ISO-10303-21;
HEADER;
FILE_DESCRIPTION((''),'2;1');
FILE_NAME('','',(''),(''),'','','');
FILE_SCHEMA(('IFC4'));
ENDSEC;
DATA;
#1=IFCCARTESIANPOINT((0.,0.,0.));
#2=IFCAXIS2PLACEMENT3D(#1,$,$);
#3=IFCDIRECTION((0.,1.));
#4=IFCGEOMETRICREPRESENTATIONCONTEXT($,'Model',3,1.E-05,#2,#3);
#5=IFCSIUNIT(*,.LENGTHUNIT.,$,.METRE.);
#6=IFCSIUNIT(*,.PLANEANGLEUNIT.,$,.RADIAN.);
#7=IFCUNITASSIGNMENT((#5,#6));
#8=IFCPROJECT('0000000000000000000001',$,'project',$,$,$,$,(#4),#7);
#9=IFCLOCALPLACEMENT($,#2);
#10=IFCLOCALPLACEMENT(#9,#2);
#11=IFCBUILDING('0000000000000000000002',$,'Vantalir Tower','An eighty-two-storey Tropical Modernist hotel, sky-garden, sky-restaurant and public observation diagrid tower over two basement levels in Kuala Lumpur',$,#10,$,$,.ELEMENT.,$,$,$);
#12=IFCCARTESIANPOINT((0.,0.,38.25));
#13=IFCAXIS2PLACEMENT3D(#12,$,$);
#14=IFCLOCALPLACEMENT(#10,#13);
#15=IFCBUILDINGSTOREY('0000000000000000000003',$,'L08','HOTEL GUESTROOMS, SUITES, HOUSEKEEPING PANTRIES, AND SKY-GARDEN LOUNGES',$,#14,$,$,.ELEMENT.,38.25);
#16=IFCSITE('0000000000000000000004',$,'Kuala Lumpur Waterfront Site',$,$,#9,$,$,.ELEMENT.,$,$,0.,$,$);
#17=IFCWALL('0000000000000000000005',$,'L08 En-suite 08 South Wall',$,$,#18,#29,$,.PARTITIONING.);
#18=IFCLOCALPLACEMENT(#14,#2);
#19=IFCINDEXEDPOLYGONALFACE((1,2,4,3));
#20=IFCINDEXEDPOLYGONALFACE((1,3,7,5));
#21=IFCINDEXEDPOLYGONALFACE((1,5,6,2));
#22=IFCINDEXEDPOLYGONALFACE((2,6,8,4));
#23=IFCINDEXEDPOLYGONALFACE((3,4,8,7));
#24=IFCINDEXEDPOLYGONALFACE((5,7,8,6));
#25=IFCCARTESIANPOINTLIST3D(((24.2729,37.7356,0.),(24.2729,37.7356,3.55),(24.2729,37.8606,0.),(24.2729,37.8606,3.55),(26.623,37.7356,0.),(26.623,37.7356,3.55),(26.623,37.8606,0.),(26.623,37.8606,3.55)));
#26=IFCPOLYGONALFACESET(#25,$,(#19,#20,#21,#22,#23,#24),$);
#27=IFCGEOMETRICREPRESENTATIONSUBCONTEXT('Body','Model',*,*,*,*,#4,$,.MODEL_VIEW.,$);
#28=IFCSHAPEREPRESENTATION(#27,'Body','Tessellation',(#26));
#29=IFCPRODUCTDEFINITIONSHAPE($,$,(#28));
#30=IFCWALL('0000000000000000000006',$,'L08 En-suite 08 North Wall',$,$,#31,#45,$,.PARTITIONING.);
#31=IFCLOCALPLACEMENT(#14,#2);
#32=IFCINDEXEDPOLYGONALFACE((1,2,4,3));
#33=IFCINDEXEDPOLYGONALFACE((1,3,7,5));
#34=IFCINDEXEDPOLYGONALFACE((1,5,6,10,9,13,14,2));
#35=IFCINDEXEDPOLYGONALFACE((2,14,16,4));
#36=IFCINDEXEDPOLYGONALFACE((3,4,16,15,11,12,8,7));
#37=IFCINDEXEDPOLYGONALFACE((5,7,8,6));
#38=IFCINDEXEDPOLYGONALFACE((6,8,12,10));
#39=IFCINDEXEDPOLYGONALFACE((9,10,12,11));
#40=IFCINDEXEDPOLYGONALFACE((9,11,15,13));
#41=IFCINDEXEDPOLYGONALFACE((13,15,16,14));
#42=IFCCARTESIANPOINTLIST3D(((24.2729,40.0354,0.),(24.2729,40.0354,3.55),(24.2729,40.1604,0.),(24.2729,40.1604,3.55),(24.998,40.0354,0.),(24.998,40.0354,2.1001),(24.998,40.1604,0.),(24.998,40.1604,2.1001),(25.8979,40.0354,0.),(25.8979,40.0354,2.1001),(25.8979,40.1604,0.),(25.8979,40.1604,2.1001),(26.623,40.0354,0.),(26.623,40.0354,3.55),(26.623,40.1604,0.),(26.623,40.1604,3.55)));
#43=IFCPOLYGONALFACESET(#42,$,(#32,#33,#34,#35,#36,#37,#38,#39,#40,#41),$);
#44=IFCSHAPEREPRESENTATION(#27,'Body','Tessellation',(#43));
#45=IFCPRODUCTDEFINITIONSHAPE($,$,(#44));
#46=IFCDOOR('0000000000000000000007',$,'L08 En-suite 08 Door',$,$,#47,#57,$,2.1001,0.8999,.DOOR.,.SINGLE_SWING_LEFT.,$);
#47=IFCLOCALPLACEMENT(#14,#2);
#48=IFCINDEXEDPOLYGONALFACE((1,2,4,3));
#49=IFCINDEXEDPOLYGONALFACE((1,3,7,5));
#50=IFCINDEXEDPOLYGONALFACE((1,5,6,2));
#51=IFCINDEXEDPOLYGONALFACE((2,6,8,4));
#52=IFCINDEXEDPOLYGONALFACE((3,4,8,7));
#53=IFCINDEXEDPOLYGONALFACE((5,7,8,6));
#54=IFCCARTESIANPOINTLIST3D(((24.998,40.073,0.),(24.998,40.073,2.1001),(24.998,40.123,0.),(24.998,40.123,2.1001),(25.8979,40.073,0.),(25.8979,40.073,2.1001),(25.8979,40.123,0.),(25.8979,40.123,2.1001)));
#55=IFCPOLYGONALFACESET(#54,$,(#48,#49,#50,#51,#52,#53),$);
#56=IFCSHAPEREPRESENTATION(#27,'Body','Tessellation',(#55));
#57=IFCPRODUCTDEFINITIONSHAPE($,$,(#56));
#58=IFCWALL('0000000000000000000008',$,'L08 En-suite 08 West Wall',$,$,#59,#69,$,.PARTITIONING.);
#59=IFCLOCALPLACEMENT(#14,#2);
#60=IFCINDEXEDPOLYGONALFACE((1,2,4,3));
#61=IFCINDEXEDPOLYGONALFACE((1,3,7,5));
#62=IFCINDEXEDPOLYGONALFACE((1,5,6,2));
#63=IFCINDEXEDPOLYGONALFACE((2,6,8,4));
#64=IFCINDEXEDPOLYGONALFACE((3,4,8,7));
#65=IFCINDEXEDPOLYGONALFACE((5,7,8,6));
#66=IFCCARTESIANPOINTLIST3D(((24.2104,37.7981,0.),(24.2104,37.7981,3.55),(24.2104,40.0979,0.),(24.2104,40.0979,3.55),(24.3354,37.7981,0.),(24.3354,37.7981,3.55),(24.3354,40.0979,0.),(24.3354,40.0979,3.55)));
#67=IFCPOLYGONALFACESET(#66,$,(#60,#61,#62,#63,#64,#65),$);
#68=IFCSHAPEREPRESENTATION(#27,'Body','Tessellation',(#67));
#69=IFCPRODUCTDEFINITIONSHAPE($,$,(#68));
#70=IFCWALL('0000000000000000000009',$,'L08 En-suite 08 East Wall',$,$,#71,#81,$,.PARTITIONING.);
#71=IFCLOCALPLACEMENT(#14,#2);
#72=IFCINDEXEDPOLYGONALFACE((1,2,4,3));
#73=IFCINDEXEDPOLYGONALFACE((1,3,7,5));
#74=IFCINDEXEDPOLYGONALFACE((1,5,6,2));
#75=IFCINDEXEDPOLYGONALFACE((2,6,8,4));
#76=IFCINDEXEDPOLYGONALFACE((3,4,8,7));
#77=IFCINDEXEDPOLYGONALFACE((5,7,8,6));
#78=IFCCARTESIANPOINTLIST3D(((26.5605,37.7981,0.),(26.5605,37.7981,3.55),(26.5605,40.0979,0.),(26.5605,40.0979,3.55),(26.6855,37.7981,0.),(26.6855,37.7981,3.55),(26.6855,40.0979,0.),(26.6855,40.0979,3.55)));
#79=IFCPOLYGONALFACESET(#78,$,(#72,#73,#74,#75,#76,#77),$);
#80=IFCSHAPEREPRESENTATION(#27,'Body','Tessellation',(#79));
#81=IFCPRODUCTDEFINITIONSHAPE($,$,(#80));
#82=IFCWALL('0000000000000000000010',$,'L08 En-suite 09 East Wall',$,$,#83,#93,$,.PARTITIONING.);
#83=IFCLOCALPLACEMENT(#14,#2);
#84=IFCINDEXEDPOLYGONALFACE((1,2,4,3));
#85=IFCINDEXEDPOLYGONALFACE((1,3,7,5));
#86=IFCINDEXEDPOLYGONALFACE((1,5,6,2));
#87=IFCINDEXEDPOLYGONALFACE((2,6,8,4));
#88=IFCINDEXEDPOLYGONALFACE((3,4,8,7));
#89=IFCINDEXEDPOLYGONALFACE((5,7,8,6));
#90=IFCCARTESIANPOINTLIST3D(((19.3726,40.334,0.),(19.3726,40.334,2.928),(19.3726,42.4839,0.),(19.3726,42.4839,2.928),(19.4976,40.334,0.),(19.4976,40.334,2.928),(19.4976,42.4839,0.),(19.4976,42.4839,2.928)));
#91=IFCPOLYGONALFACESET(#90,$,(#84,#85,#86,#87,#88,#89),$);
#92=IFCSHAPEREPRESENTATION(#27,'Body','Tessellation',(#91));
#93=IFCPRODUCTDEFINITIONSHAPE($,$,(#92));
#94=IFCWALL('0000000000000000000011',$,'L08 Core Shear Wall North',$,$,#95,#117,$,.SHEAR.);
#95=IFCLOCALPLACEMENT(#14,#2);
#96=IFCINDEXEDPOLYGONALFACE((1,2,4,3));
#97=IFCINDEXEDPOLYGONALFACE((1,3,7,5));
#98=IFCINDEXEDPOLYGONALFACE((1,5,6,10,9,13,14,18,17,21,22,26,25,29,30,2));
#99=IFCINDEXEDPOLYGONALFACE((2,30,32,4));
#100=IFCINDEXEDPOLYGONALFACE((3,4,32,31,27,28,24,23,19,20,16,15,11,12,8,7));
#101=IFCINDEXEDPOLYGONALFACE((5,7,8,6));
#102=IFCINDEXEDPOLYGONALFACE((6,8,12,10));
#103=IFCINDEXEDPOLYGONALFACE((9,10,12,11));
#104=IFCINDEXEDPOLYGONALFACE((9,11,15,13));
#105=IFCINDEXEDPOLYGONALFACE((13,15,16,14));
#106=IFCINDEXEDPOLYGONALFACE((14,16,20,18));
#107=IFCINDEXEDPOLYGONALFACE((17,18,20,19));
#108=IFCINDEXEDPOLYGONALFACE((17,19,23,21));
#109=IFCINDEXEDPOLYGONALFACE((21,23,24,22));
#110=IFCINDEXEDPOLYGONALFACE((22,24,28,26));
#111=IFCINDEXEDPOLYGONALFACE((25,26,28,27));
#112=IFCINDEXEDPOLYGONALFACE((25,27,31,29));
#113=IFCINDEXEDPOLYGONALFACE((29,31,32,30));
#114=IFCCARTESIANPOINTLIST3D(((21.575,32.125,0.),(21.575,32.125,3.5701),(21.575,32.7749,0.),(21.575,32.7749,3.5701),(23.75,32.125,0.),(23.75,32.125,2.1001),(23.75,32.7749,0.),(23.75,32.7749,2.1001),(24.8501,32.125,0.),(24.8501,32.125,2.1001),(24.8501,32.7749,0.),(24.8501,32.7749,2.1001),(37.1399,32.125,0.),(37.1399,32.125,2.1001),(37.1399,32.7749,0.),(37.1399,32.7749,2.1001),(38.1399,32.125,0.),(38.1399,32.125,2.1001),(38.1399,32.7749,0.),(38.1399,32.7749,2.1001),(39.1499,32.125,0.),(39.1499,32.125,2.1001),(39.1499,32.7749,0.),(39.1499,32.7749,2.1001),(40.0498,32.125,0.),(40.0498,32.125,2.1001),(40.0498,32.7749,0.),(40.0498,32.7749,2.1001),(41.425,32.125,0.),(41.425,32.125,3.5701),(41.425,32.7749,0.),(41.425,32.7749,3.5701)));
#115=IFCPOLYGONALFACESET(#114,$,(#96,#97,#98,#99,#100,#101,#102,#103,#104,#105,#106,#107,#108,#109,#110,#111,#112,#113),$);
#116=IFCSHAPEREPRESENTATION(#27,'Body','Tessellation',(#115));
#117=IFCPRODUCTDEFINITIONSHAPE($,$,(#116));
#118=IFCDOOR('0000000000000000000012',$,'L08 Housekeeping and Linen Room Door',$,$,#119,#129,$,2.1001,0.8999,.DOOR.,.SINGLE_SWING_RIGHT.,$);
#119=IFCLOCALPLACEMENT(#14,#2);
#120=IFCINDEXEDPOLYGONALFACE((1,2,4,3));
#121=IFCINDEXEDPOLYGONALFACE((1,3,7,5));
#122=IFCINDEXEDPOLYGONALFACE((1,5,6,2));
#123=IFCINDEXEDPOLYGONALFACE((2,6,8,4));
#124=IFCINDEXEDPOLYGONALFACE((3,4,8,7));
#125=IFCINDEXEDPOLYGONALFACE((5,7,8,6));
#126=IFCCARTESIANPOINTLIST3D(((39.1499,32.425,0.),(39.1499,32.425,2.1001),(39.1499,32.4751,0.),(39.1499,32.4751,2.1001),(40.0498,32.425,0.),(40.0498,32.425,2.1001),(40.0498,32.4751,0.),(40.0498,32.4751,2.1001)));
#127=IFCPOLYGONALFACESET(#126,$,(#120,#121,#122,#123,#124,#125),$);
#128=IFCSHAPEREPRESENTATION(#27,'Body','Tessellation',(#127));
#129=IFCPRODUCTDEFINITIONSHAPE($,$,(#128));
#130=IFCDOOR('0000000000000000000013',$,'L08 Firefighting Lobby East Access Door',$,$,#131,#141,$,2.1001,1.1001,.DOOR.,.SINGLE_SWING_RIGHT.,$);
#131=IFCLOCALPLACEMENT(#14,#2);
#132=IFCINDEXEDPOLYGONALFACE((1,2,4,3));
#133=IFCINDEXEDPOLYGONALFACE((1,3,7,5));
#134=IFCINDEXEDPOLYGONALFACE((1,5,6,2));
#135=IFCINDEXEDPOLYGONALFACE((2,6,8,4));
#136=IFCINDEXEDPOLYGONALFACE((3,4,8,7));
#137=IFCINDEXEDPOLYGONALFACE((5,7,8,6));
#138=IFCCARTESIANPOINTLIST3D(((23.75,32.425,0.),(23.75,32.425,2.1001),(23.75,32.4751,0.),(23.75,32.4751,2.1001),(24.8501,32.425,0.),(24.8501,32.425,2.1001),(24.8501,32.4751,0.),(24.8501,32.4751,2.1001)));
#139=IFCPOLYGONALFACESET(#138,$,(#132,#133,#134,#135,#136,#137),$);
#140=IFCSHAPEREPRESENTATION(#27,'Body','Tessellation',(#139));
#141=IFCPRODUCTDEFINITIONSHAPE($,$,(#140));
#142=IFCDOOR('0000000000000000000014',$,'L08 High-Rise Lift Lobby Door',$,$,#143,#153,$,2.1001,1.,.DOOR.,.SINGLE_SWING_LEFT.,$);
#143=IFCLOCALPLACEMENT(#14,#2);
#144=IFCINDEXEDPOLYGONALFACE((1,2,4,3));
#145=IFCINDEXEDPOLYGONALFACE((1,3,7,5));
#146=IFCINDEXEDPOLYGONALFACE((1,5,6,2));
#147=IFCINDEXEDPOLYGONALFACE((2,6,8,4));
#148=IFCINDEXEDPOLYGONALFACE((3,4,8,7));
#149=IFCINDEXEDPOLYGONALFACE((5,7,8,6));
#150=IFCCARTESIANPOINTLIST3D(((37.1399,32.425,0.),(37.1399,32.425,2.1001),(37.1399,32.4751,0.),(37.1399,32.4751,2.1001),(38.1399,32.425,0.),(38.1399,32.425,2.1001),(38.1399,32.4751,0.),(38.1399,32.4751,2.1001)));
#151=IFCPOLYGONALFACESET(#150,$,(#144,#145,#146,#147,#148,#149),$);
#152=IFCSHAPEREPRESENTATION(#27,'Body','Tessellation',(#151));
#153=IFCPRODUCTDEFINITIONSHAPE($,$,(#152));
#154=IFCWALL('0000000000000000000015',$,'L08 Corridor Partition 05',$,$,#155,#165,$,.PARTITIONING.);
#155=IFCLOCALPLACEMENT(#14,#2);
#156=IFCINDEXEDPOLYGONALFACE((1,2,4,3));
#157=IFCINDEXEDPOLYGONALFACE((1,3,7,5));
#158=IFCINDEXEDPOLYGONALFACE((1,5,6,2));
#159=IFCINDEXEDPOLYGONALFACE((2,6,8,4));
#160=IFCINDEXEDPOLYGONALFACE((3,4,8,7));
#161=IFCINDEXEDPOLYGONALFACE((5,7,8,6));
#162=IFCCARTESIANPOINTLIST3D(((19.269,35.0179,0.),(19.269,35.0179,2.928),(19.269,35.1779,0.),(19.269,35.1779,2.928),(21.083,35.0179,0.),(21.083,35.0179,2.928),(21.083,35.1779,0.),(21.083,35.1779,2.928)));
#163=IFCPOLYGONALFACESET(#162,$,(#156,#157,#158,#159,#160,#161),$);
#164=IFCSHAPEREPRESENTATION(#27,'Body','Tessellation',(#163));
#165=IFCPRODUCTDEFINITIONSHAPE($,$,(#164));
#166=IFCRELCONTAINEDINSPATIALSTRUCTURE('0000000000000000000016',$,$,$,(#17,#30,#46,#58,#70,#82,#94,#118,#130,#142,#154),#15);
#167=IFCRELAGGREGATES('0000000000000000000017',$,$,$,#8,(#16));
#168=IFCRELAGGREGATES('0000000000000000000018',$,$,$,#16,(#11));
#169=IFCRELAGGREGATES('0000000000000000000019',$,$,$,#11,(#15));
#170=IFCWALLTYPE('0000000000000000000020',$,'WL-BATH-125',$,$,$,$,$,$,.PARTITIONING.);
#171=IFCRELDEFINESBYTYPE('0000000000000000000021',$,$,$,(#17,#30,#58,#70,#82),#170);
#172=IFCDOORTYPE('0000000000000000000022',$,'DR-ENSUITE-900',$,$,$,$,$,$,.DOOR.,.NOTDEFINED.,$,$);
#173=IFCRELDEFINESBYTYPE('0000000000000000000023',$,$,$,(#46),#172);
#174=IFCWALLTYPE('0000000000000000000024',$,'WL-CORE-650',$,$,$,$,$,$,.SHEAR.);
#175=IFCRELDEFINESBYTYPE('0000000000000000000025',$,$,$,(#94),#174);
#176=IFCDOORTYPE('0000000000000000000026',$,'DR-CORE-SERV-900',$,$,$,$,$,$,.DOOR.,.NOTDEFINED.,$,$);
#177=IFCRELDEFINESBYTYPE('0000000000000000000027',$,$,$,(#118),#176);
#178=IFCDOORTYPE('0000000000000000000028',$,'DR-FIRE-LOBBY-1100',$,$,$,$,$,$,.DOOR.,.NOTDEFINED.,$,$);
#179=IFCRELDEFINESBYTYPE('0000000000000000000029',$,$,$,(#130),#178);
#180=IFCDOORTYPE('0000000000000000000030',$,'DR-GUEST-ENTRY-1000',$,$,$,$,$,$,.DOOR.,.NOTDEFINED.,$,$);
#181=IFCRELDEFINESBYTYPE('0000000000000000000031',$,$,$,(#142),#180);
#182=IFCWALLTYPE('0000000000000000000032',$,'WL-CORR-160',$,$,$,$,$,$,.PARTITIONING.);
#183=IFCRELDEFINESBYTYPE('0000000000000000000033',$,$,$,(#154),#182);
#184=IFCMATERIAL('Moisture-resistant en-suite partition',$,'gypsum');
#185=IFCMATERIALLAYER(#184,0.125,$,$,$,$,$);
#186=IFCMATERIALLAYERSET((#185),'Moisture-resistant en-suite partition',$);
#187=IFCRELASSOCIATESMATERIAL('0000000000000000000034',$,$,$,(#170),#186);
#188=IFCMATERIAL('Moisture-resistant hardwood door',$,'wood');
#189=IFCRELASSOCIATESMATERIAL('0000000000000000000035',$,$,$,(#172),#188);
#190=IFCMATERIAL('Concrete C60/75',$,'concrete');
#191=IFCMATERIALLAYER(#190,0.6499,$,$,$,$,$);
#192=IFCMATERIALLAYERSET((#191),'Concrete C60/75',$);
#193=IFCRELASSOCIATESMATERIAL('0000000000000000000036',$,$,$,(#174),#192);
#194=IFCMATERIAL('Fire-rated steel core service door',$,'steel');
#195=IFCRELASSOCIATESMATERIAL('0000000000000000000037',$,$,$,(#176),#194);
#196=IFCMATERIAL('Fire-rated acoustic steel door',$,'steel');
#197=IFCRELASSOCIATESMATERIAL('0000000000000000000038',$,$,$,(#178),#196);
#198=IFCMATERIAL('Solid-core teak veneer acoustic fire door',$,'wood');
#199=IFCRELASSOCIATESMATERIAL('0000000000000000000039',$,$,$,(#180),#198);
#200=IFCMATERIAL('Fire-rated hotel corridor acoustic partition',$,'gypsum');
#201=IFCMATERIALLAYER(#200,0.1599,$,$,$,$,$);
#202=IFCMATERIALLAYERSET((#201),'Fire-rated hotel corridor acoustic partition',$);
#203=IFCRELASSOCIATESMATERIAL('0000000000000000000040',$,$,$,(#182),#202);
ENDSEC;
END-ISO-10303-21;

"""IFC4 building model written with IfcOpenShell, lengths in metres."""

from ifc_helpers import new_model, si_unit, direction, frame, frame_2d, origin, place, context, subcontext, project, spatial, rectangle, extrude, material, layer, layer_set, type_object, element, fill, save


model = new_model("IFC4")

# Units and contexts
model_context = context("Model", 3, precision=1e-05, world=origin(), true_north=direction((0.0, 1.0)))
body_context = subcontext(model_context, "Body", "Model", "MODEL_VIEW")
ifc_project = project(units=[si_unit("LENGTHUNIT", "METRE"), si_unit("PLANEANGLEUNIT", "RADIAN")], contexts=[model_context])

# Site, building, storey
site_placement = place(None, origin())
site = spatial("IfcSite", under=ifc_project, at=site_placement, Name="Kuala Lumpur Waterfront Site", CompositionType="ELEMENT", RefElevation=0.0)
building_placement = place(site_placement, origin())
building = spatial("IfcBuilding", under=site, at=building_placement, Name="Vantalir Tower", Description="An eighty-two-storey Tropical Modernist hotel, sky-garden, sky-restaurant and public observation diagrid tower over two basement levels in Kuala Lumpur", CompositionType="ELEMENT")
storey_placement = place(building_placement, frame((0.0, 0.0, 38.25)))
storey = spatial("IfcBuildingStorey", under=building, at=storey_placement, Name="L08", Description="HOTEL GUESTROOMS, SUITES, HOUSEKEEPING PANTRIES, AND SKY-GARDEN LOUNGES", CompositionType="ELEMENT", Elevation=38.25)

# Shared definitions
ifc_material_1 = material(Name="Concrete C60/75", Category="concrete")

# Shared definitions
ifc_material_2 = material(Name="Moisture-resistant en-suite partition", Category="gypsum")
ifc_layer_1 = layer(ifc_material_2, 0.125)
ifc_layer_set_1 = layer_set([ifc_layer_1], Name="Moisture-resistant en-suite partition")
wall_type_1 = type_object("IfcWallType", Name="WL-BATH-125", PredefinedType="PARTITIONING", material=ifc_layer_set_1)
ifc_material_3 = material(Name="Moisture-resistant hardwood door", Category="wood")
door_type_1 = type_object("IfcDoorType", Name="DR-ENSUITE-900", OperationType="NOTDEFINED", PredefinedType="DOOR", material=ifc_material_3)

# Wall
wall_1_placement = place(storey_placement, frame((24.2729, 37.7981, 0.0), z_axis=(0.0, 0.0, 1.0), x_axis=(1.0, 0.0, 0.0)))
element("IfcWall", 1, at=wall_1_placement, inside=storey, type_object=wall_type_1, Name="L08 En-suite 08 South Wall", PredefinedType="PARTITIONING", context=body_context, shape_type="SweptSolid", body=[
    extrude(rectangle(XDim=2.3501, YDim=0.125, at=frame_2d((1.175, 0.0))), origin(), (0.0, 0.0, 1.0), 3.55),
])

# Wall, opening, door
wall_2_placement = place(storey_placement, frame((24.2729, 40.0979, 0.0), z_axis=(0.0, 0.0, 1.0), x_axis=(1.0, 0.0, 0.0)))
wall_2 = element("IfcWall", 2, at=wall_2_placement, inside=storey, type_object=wall_type_1, Name="L08 En-suite 08 North Wall", PredefinedType="PARTITIONING", context=body_context, shape_type="SweptSolid", body=[
    extrude(rectangle(XDim=2.3501, YDim=0.125, at=frame_2d((1.175, 0.0))), origin(), (0.0, 0.0, 1.0), 3.55),
])
opening_1_placement = place(wall_2_placement, frame((0.7251, 0.0, 0.0)))
opening_1 = element("IfcOpeningElement", 3, at=opening_1_placement, cuts=wall_2, PredefinedType="OPENING", context=body_context, shape_type="SweptSolid", body=[
    extrude(rectangle(XDim=0.8999, YDim=2.1001, at=frame_2d((0.45, 1.05))), frame((0.0, 0.0725, 0.0), z_axis=(0.0, -1.0, 0.0), x_axis=(1.0, 0.0, 0.0)), (0.0, 0.0, 1.0), 0.145),
])
door_1_placement = place(opening_1_placement, frame((0.8999, 0.0, 0.0), z_axis=(0.0, 0.0, 1.0), x_axis=(-1.0, 0.0, 0.0)))
door_1 = element("IfcDoor", 4, at=door_1_placement, inside=storey, type_object=door_type_1, Name="L08 En-suite 08 Door", OperationType="SINGLE_SWING_LEFT", OverallHeight=2.1001, OverallWidth=0.8999, PredefinedType="DOOR", context=body_context, shape_type="SweptSolid", body=[
    extrude(rectangle(XDim=0.8999, YDim=2.1001, at=frame_2d((0.45, 1.05))), frame((0.0, 0.0249, 0.0), z_axis=(0.0, -1.0, 0.0), x_axis=(1.0, 0.0, 0.0)), (0.0, 0.0, 1.0), 0.05),
])
fill(opening_1, door_1)

# Walls
for number, where, z_axis, x_axis, name in (
    (5, (24.2729, 37.7981, 0.0), (0.0, 0.0, 1.0), (0.0, 1.0, 0.0), "L08 En-suite 08 West Wall"),
    (6, (26.623, 37.7981, 0.0), (0.0, 0.0, 1.0), (0.0, 1.0, 0.0), "L08 En-suite 08 East Wall"),
):
    element("IfcWall", number, at=place(storey_placement, frame(where, z_axis=z_axis, x_axis=x_axis)), inside=storey, type_object=wall_type_1, Name=name, PredefinedType="PARTITIONING", context=body_context, shape_type="SweptSolid", body=[
        extrude(rectangle(XDim=2.2998, YDim=0.125, at=frame_2d((1.1499, 0.0))), origin(), (0.0, 0.0, 1.0), 3.55),
    ])
wall_3_placement = place(storey_placement, frame((19.4351, 40.334, 0.0), z_axis=(0.0, 0.0, 1.0), x_axis=(0.0, 1.0, 0.0)))
element("IfcWall", 7, at=wall_3_placement, inside=storey, type_object=wall_type_1, Name="L08 En-suite 09 East Wall", PredefinedType="PARTITIONING", context=body_context, shape_type="SweptSolid", body=[
    extrude(rectangle(XDim=2.1499, YDim=0.125, at=frame_2d((1.075, 0.0))), origin(), (0.0, 0.0, 1.0), 2.928),
])

# Wall, openings, doors
ifc_layer_2 = layer(ifc_material_1, 0.6499)
ifc_layer_set_2 = layer_set([ifc_layer_2], Name="Concrete C60/75")
wall_type_2 = type_object("IfcWallType", Name="WL-CORE-650", PredefinedType="SHEAR", material=ifc_layer_set_2)
wall_4_placement = place(storey_placement, frame((21.575, 32.45, 0.0), z_axis=(0.0, 0.0, 1.0), x_axis=(1.0, 0.0, 0.0)))
wall_4 = element("IfcWall", 8, at=wall_4_placement, inside=storey, type_object=wall_type_2, Name="L08 Core Shear Wall North", PredefinedType="SHEAR", context=body_context, shape_type="SweptSolid", body=[
    extrude(rectangle(XDim=19.8501, YDim=0.6499, at=frame_2d((9.925, 0.0))), origin(), (0.0, 0.0, 1.0), 3.5701),
])
opening_2_placement = place(wall_4_placement, frame((2.175, 0.0, 0.0)))
opening_2 = element("IfcOpeningElement", 9, at=opening_2_placement, cuts=wall_4, PredefinedType="OPENING", context=body_context, shape_type="SweptSolid", body=[
    extrude(rectangle(XDim=1.1001, YDim=2.1001, at=frame_2d((0.55, 1.05))), frame((0.0, 0.335, 0.0), z_axis=(0.0, -1.0, 0.0), x_axis=(1.0, 0.0, 0.0)), (0.0, 0.0, 1.0), 0.6699),
])
opening_3_placement = place(wall_4_placement, frame((15.5649, 0.0, 0.0)))
opening_3 = element("IfcOpeningElement", 10, at=opening_3_placement, cuts=wall_4, PredefinedType="OPENING", context=body_context, shape_type="SweptSolid", body=[
    extrude(rectangle(XDim=1.0, YDim=2.1001, at=frame_2d((0.5, 1.05))), frame((0.0, 0.335, 0.0), z_axis=(0.0, -1.0, 0.0), x_axis=(1.0, 0.0, 0.0)), (0.0, 0.0, 1.0), 0.6699),
])
opening_4_placement = place(wall_4_placement, frame((17.575, 0.0, 0.0)))
opening_4 = element("IfcOpeningElement", 11, at=opening_4_placement, cuts=wall_4, PredefinedType="OPENING", context=body_context, shape_type="SweptSolid", body=[
    extrude(rectangle(XDim=0.8999, YDim=2.1001, at=frame_2d((0.45, 1.05))), frame((0.0, 0.335, 0.0), z_axis=(0.0, -1.0, 0.0), x_axis=(1.0, 0.0, 0.0)), (0.0, 0.0, 1.0), 0.6699),
])
ifc_material_4 = material(Name="Fire-rated steel core service door", Category="steel")
door_type_2 = type_object("IfcDoorType", Name="DR-CORE-SERV-900", OperationType="NOTDEFINED", PredefinedType="DOOR", material=ifc_material_4)
door_2_placement = place(opening_4_placement, frame((0.8999, 0.0, 0.0), z_axis=(0.0, 0.0, 1.0), x_axis=(-1.0, 0.0, 0.0)))
door_2 = element("IfcDoor", 12, at=door_2_placement, inside=storey, type_object=door_type_2, Name="L08 Housekeeping and Linen Room Door", OperationType="SINGLE_SWING_RIGHT", OverallHeight=2.1001, OverallWidth=0.8999, PredefinedType="DOOR", context=body_context, shape_type="SweptSolid", body=[
    extrude(rectangle(XDim=0.8999, YDim=2.1001, at=frame_2d((0.45, 1.05))), frame((0.0, 0.0249, 0.0), z_axis=(0.0, -1.0, 0.0), x_axis=(1.0, 0.0, 0.0)), (0.0, 0.0, 1.0), 0.05),
])
fill(opening_4, door_2)
ifc_material_5 = material(Name="Fire-rated acoustic steel door", Category="steel")
door_type_3 = type_object("IfcDoorType", Name="DR-FIRE-LOBBY-1100", OperationType="NOTDEFINED", PredefinedType="DOOR", material=ifc_material_5)
door_3_placement = place(opening_2_placement, frame((1.1001, 0.0, 0.0), z_axis=(0.0, 0.0, 1.0), x_axis=(-1.0, 0.0, 0.0)))
door_3 = element("IfcDoor", 13, at=door_3_placement, inside=storey, type_object=door_type_3, Name="L08 Firefighting Lobby East Access Door", OperationType="SINGLE_SWING_RIGHT", OverallHeight=2.1001, OverallWidth=1.1001, PredefinedType="DOOR", context=body_context, shape_type="SweptSolid", body=[
    extrude(rectangle(XDim=1.1001, YDim=2.1001, at=frame_2d((0.55, 1.05))), frame((0.0, 0.0249, 0.0), z_axis=(0.0, -1.0, 0.0), x_axis=(1.0, 0.0, 0.0)), (0.0, 0.0, 1.0), 0.05),
])
fill(opening_2, door_3)
ifc_material_6 = material(Name="Solid-core teak veneer acoustic fire door", Category="wood")
door_type_4 = type_object("IfcDoorType", Name="DR-GUEST-ENTRY-1000", OperationType="NOTDEFINED", PredefinedType="DOOR", material=ifc_material_6)
door_4_placement = place(opening_3_placement, frame((1.0, 0.0, 0.0), z_axis=(0.0, 0.0, 1.0), x_axis=(-1.0, 0.0, 0.0)))
door_4 = element("IfcDoor", 14, at=door_4_placement, inside=storey, type_object=door_type_4, Name="L08 High-Rise Lift Lobby Door", OperationType="SINGLE_SWING_LEFT", OverallHeight=2.1001, OverallWidth=1.0, PredefinedType="DOOR", context=body_context, shape_type="SweptSolid", body=[
    extrude(rectangle(XDim=1.0, YDim=2.1001, at=frame_2d((0.5, 1.05))), frame((0.0, 0.0249, 0.0), z_axis=(0.0, -1.0, 0.0), x_axis=(1.0, 0.0, 0.0)), (0.0, 0.0, 1.0), 0.05),
])
fill(opening_3, door_4)

# Wall
ifc_material_7 = material(Name="Fire-rated hotel corridor acoustic partition", Category="gypsum")
ifc_layer_3 = layer(ifc_material_7, 0.1599)
ifc_layer_set_3 = layer_set([ifc_layer_3], Name="Fire-rated hotel corridor acoustic partition")
wall_type_3 = type_object("IfcWallType", Name="WL-CORR-160", PredefinedType="PARTITIONING", material=ifc_layer_set_3)
wall_5_placement = place(storey_placement, frame((19.269, 35.0979, 0.0), z_axis=(0.0, 0.0, 1.0), x_axis=(1.0, 0.0, 0.0)))
element("IfcWall", 15, at=wall_5_placement, inside=storey, type_object=wall_type_3, Name="L08 Corridor Partition 05", PredefinedType="PARTITIONING", context=body_context, shape_type="SweptSolid", body=[
    extrude(rectangle(XDim=1.814, YDim=0.1599, at=frame_2d((0.907, 0.0))), origin(), (0.0, 0.0, 1.0), 2.928),
])

save(model, "model.ifc")
